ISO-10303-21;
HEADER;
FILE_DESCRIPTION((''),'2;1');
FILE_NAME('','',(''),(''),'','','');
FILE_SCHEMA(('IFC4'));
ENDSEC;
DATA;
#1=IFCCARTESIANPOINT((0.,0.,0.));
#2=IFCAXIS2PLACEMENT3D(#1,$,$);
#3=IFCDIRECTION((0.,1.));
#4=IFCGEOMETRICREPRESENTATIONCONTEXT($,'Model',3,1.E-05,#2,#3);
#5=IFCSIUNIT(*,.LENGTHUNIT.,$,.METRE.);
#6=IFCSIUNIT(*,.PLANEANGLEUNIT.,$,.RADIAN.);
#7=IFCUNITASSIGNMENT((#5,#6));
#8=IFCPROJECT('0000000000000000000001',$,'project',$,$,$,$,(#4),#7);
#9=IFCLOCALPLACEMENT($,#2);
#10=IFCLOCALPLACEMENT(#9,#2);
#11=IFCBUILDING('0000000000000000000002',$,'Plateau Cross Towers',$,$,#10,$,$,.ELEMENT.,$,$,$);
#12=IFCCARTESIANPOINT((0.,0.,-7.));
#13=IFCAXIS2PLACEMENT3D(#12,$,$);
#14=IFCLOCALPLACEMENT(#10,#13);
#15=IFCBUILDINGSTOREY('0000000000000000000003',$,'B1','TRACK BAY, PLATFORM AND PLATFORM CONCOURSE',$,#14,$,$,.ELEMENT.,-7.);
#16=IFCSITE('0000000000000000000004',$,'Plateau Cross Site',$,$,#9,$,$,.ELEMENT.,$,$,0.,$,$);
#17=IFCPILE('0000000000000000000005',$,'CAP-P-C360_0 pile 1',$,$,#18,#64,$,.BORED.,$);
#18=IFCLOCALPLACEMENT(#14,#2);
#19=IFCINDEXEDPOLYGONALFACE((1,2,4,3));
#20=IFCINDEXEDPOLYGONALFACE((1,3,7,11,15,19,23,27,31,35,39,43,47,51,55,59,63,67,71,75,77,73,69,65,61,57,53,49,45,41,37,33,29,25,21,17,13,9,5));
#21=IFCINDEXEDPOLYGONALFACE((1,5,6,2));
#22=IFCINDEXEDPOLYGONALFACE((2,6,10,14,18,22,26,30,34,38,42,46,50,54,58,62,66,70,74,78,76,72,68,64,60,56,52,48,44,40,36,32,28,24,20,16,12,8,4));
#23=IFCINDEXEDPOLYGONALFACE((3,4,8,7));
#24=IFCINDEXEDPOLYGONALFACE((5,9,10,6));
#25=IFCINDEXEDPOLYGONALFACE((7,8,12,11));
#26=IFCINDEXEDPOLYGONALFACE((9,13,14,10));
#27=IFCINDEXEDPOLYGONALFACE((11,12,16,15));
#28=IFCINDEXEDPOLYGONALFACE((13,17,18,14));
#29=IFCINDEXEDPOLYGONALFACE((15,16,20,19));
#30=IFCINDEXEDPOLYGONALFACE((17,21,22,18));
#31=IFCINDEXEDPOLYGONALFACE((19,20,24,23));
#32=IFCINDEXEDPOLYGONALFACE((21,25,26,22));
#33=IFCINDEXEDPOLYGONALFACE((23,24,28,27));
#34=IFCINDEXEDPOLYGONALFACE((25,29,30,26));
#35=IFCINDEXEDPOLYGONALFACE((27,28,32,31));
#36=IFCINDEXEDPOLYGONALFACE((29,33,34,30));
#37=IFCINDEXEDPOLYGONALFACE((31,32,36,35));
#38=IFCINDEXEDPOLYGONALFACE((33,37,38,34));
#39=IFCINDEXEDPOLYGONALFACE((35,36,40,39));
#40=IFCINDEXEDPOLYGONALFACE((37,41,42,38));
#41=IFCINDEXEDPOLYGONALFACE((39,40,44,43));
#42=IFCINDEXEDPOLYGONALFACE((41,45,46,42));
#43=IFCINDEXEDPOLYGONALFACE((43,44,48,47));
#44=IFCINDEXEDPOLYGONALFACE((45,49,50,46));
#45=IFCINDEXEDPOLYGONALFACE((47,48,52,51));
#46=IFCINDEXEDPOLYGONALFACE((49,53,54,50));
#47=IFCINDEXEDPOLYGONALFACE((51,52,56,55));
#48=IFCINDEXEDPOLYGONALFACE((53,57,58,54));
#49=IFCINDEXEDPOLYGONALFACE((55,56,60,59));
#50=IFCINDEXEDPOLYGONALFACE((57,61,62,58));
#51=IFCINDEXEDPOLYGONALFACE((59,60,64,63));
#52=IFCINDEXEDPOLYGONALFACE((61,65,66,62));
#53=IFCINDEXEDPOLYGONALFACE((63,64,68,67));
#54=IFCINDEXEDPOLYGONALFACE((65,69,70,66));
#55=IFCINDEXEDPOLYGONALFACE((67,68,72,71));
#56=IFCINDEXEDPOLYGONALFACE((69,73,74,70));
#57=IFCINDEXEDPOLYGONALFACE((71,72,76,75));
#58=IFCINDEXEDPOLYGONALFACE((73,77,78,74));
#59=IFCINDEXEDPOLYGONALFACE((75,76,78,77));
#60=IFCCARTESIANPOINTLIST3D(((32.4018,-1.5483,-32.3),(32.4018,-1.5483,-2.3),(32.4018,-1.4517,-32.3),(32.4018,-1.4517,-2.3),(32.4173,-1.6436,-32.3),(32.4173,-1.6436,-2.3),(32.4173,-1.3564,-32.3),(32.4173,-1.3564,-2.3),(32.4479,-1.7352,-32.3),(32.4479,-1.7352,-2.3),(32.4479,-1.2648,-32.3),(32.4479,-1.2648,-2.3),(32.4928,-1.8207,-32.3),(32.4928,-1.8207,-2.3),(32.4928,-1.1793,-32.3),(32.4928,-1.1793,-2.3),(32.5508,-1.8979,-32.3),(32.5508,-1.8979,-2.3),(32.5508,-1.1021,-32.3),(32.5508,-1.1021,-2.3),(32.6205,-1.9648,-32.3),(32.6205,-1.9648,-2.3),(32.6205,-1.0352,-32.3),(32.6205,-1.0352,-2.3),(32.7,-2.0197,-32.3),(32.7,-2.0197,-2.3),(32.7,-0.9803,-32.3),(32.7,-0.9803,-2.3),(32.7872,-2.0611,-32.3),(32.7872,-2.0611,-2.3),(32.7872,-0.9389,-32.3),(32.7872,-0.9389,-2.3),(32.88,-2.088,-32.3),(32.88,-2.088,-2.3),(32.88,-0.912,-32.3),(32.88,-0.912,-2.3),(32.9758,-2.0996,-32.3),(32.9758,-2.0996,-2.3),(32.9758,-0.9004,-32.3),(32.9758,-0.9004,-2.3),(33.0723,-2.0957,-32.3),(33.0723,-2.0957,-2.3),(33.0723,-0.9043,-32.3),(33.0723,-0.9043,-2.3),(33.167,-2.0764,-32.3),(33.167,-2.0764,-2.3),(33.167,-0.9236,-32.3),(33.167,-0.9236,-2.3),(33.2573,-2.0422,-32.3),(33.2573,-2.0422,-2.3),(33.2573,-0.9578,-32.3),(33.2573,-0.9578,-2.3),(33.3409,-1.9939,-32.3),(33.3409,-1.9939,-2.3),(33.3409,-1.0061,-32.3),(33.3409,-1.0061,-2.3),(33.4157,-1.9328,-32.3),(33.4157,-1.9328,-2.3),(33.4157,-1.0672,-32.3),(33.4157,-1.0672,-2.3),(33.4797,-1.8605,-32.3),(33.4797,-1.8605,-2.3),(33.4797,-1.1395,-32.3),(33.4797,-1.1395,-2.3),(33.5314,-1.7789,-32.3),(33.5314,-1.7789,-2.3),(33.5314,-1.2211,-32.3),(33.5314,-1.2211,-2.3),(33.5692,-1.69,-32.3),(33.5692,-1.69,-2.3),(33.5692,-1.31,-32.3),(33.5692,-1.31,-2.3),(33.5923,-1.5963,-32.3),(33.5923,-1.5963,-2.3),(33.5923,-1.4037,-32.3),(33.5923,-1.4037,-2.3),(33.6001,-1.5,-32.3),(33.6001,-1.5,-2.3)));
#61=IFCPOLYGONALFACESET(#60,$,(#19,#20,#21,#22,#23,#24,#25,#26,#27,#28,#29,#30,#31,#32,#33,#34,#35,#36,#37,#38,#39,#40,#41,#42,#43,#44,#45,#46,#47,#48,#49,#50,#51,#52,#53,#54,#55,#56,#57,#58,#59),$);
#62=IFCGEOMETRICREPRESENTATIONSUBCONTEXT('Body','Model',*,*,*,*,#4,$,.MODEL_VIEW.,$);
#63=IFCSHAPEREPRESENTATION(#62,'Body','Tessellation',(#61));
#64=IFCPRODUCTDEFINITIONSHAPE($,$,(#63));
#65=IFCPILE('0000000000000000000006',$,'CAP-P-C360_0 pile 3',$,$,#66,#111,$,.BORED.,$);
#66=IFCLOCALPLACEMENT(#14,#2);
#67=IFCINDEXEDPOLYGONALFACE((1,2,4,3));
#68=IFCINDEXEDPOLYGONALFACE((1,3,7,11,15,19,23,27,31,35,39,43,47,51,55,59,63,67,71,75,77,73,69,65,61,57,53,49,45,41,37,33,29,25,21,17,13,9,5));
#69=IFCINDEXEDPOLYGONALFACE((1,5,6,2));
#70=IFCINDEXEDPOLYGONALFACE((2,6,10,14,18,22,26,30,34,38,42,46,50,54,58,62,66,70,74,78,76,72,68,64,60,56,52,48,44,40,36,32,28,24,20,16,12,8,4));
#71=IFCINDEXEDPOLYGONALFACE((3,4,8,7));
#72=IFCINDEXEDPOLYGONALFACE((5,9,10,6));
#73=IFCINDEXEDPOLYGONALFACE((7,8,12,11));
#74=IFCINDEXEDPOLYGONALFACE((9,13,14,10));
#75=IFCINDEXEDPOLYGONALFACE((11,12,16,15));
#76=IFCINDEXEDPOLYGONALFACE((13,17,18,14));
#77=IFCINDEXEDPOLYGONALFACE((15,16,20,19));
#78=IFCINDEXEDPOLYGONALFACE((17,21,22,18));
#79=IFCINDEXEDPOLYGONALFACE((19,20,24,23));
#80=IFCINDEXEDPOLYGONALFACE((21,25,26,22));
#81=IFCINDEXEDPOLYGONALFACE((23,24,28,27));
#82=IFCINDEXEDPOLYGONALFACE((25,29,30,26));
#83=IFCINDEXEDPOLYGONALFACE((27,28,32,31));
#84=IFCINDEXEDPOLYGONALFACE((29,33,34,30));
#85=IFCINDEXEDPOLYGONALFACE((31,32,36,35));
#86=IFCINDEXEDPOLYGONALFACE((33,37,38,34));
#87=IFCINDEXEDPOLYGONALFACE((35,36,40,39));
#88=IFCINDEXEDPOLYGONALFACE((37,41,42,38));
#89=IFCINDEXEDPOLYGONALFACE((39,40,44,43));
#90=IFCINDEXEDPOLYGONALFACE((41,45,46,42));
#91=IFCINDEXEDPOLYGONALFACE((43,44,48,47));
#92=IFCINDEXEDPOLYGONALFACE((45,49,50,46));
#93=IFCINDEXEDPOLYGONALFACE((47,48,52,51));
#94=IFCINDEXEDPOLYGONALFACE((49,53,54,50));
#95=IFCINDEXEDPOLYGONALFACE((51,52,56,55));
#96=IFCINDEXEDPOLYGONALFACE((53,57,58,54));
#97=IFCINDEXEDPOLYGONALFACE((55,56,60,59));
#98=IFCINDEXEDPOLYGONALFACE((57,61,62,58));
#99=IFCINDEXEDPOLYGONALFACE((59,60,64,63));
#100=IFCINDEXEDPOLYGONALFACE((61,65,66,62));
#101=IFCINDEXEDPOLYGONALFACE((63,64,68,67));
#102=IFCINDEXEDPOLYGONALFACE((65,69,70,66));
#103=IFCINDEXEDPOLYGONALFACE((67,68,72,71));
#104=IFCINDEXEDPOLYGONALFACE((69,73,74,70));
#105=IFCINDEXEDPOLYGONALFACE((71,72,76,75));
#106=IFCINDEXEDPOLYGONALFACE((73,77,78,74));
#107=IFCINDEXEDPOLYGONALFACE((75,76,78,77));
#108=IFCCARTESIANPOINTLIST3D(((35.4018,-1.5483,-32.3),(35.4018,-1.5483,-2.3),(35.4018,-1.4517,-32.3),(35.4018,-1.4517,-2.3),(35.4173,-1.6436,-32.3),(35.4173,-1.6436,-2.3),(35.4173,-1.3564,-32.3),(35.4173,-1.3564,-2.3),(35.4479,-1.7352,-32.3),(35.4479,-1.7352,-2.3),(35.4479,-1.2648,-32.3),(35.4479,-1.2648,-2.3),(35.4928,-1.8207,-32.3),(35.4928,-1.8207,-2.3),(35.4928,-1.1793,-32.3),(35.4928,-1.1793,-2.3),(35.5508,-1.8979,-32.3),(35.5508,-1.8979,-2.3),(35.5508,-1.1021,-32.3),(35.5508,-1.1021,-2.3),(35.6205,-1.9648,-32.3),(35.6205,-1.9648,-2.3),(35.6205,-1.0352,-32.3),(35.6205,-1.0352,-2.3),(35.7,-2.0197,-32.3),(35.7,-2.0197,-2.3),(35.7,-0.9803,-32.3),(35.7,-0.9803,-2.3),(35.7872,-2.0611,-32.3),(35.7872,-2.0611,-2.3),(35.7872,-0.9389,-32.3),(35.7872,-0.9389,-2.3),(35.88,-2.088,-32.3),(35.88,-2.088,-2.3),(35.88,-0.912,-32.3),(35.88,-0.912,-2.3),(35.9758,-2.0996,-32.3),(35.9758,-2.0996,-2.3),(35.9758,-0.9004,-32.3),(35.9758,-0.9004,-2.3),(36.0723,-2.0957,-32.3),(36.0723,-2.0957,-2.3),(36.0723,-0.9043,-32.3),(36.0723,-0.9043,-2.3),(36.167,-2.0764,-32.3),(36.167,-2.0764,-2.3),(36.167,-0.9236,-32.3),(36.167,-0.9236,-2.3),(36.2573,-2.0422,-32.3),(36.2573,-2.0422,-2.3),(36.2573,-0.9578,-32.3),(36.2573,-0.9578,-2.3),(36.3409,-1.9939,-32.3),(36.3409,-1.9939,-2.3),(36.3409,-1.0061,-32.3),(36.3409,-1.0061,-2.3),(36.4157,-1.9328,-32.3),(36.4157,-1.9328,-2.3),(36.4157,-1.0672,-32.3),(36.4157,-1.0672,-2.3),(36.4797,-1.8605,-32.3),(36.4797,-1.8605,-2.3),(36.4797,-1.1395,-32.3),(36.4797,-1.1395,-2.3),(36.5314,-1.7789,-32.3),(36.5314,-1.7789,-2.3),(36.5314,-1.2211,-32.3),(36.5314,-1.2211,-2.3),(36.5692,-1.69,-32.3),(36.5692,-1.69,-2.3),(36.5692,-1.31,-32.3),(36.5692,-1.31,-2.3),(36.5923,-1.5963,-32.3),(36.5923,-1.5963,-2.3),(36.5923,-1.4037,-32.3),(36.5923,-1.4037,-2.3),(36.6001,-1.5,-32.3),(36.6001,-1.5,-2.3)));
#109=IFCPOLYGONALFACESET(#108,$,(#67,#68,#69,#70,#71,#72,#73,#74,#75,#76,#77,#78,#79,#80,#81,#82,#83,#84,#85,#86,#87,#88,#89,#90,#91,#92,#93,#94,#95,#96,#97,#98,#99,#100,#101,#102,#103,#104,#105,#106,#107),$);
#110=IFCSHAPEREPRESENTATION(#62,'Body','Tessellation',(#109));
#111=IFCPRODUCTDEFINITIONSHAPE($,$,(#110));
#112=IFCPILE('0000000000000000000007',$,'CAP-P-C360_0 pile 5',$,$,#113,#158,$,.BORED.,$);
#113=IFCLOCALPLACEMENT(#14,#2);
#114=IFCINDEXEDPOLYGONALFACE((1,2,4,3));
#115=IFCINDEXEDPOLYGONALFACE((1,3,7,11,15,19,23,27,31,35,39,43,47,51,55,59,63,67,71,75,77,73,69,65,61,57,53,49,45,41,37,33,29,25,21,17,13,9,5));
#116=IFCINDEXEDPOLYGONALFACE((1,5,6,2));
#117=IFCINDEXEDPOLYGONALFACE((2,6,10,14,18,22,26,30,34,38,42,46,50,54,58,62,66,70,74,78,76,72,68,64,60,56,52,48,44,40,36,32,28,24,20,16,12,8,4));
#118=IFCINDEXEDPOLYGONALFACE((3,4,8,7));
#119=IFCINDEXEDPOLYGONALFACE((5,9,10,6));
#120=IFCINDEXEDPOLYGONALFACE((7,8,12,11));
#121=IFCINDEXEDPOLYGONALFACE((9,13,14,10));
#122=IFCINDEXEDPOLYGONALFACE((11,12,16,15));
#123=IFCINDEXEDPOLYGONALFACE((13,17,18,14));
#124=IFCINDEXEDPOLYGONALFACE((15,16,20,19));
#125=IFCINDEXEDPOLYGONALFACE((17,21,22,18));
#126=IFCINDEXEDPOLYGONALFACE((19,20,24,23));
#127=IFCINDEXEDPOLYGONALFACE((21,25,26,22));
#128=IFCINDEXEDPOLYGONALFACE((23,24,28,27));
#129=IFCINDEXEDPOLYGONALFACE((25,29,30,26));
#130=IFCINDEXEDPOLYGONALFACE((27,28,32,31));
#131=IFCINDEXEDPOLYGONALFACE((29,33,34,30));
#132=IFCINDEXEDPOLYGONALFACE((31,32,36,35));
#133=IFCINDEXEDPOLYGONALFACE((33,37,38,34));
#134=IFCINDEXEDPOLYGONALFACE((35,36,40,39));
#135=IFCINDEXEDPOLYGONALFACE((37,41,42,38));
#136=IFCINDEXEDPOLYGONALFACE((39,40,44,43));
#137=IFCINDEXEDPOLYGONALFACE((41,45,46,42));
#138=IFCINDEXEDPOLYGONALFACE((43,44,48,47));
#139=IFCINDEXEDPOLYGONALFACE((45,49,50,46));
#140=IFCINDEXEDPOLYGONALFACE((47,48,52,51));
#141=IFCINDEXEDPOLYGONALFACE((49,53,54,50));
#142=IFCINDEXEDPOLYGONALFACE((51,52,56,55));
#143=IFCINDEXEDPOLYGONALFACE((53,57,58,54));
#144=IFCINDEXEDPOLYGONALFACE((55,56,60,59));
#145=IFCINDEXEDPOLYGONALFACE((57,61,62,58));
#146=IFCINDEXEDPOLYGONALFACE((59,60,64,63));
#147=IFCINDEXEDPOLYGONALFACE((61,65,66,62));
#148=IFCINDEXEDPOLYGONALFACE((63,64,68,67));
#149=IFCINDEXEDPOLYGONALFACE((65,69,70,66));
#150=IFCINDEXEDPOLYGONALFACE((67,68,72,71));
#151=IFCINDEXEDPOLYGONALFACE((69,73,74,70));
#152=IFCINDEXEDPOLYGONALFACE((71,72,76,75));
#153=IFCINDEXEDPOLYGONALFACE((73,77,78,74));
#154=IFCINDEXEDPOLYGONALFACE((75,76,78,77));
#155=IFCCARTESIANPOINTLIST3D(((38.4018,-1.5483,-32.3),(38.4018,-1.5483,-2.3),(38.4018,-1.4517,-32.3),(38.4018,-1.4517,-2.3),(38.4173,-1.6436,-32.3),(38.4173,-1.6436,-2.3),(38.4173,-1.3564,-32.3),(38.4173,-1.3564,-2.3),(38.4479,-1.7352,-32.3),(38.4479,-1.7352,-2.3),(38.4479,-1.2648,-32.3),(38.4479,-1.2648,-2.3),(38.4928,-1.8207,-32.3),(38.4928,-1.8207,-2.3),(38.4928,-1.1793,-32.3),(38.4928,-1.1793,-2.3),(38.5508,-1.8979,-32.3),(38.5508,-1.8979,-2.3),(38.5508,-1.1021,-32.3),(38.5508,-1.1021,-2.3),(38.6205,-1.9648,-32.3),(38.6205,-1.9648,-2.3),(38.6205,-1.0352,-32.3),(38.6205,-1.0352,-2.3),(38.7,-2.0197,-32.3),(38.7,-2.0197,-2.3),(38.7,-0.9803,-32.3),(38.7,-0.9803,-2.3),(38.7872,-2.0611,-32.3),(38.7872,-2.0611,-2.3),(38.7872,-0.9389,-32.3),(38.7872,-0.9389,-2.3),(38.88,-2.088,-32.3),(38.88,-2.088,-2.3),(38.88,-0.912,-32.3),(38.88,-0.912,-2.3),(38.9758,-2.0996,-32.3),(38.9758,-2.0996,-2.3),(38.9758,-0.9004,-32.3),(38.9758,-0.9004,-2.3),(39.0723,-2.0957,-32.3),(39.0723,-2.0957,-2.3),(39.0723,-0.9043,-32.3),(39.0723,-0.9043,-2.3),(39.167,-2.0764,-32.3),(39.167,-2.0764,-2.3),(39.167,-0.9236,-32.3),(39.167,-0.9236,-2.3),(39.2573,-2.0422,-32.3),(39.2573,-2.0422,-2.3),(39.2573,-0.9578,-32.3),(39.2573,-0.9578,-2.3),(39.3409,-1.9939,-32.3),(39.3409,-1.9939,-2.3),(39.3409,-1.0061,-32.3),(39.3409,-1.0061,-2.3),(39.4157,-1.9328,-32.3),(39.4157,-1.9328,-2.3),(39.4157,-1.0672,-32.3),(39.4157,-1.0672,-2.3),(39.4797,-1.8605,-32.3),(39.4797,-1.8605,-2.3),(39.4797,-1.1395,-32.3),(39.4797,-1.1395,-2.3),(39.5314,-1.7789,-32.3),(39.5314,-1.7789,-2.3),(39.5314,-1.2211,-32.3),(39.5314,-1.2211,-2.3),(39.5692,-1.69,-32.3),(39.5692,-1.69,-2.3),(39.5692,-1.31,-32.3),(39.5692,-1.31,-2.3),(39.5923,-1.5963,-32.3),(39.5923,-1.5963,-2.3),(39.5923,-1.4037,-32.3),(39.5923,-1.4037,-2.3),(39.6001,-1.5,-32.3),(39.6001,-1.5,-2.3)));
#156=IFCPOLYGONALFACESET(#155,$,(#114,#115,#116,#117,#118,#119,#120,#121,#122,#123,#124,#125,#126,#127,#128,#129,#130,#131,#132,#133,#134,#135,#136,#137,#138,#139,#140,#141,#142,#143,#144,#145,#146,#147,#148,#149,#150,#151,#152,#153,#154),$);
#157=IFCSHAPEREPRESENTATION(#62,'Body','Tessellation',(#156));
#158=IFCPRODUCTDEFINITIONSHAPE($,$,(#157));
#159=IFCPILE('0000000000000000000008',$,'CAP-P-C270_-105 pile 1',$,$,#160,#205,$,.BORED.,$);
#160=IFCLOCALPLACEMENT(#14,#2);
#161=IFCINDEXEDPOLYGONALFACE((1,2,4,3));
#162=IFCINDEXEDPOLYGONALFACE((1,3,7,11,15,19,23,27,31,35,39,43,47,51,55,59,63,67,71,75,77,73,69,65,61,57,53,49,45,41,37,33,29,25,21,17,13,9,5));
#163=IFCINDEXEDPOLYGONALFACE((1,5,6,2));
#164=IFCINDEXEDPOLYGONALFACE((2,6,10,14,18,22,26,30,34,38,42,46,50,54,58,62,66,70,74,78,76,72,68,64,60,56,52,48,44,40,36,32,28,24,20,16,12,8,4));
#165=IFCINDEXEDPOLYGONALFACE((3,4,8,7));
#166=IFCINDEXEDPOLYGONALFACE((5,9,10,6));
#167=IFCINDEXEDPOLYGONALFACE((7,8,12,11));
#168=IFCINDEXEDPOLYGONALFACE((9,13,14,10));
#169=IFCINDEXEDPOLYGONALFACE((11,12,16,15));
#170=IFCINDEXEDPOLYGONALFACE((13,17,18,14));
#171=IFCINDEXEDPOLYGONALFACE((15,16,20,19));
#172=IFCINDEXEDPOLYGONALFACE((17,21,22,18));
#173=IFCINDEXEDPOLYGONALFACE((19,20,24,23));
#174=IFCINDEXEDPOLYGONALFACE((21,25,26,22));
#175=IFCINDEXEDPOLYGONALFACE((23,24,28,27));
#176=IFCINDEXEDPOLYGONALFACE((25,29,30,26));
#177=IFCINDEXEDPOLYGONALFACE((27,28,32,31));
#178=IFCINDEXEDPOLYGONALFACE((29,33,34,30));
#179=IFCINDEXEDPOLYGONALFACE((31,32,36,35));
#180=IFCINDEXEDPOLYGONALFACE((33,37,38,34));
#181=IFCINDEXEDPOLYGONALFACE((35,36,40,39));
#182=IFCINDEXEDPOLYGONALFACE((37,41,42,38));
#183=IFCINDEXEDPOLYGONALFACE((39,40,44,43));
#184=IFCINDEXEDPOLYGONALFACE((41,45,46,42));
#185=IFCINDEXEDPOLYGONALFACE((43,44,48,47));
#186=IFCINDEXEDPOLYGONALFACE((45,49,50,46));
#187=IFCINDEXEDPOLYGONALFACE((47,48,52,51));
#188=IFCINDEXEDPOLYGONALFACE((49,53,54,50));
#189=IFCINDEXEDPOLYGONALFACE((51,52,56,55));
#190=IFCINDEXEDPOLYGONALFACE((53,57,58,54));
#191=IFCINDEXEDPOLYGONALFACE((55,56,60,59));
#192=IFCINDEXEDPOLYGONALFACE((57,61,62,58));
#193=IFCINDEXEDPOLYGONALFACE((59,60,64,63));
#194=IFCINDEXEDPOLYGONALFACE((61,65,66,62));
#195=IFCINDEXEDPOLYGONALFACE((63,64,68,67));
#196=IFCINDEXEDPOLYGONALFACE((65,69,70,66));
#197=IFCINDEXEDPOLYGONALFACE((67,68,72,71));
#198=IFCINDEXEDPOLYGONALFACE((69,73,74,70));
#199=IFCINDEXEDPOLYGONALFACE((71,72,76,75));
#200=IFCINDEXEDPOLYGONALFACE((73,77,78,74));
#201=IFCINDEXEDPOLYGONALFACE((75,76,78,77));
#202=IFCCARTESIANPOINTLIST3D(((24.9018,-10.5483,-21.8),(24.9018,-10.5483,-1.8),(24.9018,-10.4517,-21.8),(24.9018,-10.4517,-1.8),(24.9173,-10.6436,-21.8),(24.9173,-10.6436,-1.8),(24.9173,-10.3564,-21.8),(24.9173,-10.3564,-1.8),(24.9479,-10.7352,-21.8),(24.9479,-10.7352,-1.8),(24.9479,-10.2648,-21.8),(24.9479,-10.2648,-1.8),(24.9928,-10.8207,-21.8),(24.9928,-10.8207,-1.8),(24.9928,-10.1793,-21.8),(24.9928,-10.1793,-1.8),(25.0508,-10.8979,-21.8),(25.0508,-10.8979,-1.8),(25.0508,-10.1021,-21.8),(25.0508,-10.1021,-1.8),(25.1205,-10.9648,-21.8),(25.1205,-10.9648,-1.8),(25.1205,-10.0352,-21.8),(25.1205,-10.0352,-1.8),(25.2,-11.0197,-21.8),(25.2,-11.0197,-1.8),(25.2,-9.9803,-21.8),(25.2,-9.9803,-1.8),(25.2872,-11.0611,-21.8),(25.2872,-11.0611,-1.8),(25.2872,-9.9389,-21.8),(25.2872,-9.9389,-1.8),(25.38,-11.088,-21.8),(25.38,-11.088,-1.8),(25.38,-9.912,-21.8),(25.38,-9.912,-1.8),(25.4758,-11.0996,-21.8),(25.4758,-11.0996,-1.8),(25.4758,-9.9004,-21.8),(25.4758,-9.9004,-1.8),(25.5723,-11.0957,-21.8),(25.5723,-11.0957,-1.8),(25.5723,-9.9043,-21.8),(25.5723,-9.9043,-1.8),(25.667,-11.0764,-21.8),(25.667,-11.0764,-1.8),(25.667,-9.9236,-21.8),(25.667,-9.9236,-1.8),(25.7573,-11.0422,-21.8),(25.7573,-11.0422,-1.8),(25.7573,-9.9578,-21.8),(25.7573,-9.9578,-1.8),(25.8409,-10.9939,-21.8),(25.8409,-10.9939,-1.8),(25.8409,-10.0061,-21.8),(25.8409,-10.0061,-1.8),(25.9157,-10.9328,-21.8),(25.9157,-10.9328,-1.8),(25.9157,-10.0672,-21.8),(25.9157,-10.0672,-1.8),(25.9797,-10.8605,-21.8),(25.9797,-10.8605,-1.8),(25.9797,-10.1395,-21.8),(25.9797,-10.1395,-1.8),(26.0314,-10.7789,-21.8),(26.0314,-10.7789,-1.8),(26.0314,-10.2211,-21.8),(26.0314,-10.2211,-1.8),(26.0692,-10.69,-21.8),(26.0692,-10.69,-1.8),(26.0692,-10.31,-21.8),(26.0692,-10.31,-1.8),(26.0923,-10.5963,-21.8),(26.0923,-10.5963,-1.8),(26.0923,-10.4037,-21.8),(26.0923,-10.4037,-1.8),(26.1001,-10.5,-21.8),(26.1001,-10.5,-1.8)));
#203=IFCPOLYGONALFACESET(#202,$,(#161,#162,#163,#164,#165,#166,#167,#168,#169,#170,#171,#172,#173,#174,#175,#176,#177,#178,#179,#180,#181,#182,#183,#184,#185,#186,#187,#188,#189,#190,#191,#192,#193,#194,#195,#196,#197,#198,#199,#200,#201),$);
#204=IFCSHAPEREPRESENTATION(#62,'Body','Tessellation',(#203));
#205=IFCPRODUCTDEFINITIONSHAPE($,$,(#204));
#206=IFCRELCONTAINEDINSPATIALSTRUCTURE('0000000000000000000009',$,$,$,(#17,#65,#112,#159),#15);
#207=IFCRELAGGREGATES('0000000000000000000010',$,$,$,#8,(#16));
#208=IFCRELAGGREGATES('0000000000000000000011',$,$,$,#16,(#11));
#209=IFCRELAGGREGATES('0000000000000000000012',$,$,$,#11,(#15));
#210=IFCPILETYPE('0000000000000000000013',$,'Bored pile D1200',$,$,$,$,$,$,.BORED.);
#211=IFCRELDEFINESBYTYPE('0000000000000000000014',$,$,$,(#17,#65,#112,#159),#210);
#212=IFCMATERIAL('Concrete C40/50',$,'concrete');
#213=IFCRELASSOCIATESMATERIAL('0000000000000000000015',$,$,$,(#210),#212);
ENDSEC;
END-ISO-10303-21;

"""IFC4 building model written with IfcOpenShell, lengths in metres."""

from ifc_helpers import new_model, si_unit, direction, frame, origin, origin_2d, place, context, subcontext, project, spatial, circle, extrude, material, material_profile, profile_set, type_object, element, save


model = new_model("IFC4")

# Units and contexts
model_context = context("Model", 3, precision=1e-05, world=origin(), true_north=direction((0.0, 1.0)))
body_context = subcontext(model_context, "Body", "Model", "MODEL_VIEW")
ifc_project = project(units=[si_unit("LENGTHUNIT", "METRE"), si_unit("PLANEANGLEUNIT", "RADIAN")], contexts=[model_context])

# Site, building, storey
site_placement = place(None, origin())
site = spatial("IfcSite", under=ifc_project, at=site_placement, Name="Plateau Cross Site", CompositionType="ELEMENT", RefElevation=0.0)
building_placement = place(site_placement, origin())
building = spatial("IfcBuilding", under=site, at=building_placement, Name="Plateau Cross Towers", CompositionType="ELEMENT")
storey_placement = place(building_placement, frame((0.0, 0.0, -7.0)))
storey = spatial("IfcBuildingStorey", under=building, at=storey_placement, Name="B1", Description="TRACK BAY, PLATFORM AND PLATFORM CONCOURSE", CompositionType="ELEMENT", Elevation=-7.0)

# Piles
ifc_material_1 = material(Name="Concrete C40/50", Category="concrete")
ifc_material_profile_1 = material_profile(ifc_material_1, circle(Radius=0.6001, at=origin_2d()), Name="Bored pile D1200")
ifc_profile_set_1 = profile_set([ifc_material_profile_1], Name="Concrete C40/50")
pile_type = type_object("IfcPileType", Name="Bored pile D1200", PredefinedType="BORED", material=ifc_profile_set_1)
for number, where, z_axis, x_axis, name in (
    (1, (33.0, -1.5, -2.3), (0.0, 0.0, -1.0), (1.0, 0.0, 0.0), "CAP-P-C360_0 pile 1"),
    (2, (36.0, -1.5, -2.3), (0.0, 0.0, -1.0), (1.0, 0.0, 0.0), "CAP-P-C360_0 pile 3"),
    (3, (39.0, -1.5, -2.3), (0.0, 0.0, -1.0), (1.0, 0.0, 0.0), "CAP-P-C360_0 pile 5"),
):
    element("IfcPile", number, at=place(storey_placement, frame(where, z_axis=z_axis, x_axis=x_axis)), inside=storey, type_object=pile_type, Name=name, PredefinedType="BORED", context=body_context, shape_type="SweptSolid", body=[
        extrude(circle(Radius=0.6001, at=origin_2d()), origin(), (0.0, 0.0, 1.0), 30.0),
    ])
for number, where, z_axis, x_axis, name in (
    (4, (25.5, -10.5, -1.8), (0.0, 0.0, -1.0), (1.0, 0.0, 0.0), "CAP-P-C270_-105 pile 1"),
):
    element("IfcPile", number, at=place(storey_placement, frame(where, z_axis=z_axis, x_axis=x_axis)), inside=storey, type_object=pile_type, Name=name, PredefinedType="BORED", context=body_context, shape_type="SweptSolid", body=[
        extrude(circle(Radius=0.6001, at=origin_2d()), origin(), (0.0, 0.0, 1.0), 20.0),
    ])

save(model, "model.ifc")
